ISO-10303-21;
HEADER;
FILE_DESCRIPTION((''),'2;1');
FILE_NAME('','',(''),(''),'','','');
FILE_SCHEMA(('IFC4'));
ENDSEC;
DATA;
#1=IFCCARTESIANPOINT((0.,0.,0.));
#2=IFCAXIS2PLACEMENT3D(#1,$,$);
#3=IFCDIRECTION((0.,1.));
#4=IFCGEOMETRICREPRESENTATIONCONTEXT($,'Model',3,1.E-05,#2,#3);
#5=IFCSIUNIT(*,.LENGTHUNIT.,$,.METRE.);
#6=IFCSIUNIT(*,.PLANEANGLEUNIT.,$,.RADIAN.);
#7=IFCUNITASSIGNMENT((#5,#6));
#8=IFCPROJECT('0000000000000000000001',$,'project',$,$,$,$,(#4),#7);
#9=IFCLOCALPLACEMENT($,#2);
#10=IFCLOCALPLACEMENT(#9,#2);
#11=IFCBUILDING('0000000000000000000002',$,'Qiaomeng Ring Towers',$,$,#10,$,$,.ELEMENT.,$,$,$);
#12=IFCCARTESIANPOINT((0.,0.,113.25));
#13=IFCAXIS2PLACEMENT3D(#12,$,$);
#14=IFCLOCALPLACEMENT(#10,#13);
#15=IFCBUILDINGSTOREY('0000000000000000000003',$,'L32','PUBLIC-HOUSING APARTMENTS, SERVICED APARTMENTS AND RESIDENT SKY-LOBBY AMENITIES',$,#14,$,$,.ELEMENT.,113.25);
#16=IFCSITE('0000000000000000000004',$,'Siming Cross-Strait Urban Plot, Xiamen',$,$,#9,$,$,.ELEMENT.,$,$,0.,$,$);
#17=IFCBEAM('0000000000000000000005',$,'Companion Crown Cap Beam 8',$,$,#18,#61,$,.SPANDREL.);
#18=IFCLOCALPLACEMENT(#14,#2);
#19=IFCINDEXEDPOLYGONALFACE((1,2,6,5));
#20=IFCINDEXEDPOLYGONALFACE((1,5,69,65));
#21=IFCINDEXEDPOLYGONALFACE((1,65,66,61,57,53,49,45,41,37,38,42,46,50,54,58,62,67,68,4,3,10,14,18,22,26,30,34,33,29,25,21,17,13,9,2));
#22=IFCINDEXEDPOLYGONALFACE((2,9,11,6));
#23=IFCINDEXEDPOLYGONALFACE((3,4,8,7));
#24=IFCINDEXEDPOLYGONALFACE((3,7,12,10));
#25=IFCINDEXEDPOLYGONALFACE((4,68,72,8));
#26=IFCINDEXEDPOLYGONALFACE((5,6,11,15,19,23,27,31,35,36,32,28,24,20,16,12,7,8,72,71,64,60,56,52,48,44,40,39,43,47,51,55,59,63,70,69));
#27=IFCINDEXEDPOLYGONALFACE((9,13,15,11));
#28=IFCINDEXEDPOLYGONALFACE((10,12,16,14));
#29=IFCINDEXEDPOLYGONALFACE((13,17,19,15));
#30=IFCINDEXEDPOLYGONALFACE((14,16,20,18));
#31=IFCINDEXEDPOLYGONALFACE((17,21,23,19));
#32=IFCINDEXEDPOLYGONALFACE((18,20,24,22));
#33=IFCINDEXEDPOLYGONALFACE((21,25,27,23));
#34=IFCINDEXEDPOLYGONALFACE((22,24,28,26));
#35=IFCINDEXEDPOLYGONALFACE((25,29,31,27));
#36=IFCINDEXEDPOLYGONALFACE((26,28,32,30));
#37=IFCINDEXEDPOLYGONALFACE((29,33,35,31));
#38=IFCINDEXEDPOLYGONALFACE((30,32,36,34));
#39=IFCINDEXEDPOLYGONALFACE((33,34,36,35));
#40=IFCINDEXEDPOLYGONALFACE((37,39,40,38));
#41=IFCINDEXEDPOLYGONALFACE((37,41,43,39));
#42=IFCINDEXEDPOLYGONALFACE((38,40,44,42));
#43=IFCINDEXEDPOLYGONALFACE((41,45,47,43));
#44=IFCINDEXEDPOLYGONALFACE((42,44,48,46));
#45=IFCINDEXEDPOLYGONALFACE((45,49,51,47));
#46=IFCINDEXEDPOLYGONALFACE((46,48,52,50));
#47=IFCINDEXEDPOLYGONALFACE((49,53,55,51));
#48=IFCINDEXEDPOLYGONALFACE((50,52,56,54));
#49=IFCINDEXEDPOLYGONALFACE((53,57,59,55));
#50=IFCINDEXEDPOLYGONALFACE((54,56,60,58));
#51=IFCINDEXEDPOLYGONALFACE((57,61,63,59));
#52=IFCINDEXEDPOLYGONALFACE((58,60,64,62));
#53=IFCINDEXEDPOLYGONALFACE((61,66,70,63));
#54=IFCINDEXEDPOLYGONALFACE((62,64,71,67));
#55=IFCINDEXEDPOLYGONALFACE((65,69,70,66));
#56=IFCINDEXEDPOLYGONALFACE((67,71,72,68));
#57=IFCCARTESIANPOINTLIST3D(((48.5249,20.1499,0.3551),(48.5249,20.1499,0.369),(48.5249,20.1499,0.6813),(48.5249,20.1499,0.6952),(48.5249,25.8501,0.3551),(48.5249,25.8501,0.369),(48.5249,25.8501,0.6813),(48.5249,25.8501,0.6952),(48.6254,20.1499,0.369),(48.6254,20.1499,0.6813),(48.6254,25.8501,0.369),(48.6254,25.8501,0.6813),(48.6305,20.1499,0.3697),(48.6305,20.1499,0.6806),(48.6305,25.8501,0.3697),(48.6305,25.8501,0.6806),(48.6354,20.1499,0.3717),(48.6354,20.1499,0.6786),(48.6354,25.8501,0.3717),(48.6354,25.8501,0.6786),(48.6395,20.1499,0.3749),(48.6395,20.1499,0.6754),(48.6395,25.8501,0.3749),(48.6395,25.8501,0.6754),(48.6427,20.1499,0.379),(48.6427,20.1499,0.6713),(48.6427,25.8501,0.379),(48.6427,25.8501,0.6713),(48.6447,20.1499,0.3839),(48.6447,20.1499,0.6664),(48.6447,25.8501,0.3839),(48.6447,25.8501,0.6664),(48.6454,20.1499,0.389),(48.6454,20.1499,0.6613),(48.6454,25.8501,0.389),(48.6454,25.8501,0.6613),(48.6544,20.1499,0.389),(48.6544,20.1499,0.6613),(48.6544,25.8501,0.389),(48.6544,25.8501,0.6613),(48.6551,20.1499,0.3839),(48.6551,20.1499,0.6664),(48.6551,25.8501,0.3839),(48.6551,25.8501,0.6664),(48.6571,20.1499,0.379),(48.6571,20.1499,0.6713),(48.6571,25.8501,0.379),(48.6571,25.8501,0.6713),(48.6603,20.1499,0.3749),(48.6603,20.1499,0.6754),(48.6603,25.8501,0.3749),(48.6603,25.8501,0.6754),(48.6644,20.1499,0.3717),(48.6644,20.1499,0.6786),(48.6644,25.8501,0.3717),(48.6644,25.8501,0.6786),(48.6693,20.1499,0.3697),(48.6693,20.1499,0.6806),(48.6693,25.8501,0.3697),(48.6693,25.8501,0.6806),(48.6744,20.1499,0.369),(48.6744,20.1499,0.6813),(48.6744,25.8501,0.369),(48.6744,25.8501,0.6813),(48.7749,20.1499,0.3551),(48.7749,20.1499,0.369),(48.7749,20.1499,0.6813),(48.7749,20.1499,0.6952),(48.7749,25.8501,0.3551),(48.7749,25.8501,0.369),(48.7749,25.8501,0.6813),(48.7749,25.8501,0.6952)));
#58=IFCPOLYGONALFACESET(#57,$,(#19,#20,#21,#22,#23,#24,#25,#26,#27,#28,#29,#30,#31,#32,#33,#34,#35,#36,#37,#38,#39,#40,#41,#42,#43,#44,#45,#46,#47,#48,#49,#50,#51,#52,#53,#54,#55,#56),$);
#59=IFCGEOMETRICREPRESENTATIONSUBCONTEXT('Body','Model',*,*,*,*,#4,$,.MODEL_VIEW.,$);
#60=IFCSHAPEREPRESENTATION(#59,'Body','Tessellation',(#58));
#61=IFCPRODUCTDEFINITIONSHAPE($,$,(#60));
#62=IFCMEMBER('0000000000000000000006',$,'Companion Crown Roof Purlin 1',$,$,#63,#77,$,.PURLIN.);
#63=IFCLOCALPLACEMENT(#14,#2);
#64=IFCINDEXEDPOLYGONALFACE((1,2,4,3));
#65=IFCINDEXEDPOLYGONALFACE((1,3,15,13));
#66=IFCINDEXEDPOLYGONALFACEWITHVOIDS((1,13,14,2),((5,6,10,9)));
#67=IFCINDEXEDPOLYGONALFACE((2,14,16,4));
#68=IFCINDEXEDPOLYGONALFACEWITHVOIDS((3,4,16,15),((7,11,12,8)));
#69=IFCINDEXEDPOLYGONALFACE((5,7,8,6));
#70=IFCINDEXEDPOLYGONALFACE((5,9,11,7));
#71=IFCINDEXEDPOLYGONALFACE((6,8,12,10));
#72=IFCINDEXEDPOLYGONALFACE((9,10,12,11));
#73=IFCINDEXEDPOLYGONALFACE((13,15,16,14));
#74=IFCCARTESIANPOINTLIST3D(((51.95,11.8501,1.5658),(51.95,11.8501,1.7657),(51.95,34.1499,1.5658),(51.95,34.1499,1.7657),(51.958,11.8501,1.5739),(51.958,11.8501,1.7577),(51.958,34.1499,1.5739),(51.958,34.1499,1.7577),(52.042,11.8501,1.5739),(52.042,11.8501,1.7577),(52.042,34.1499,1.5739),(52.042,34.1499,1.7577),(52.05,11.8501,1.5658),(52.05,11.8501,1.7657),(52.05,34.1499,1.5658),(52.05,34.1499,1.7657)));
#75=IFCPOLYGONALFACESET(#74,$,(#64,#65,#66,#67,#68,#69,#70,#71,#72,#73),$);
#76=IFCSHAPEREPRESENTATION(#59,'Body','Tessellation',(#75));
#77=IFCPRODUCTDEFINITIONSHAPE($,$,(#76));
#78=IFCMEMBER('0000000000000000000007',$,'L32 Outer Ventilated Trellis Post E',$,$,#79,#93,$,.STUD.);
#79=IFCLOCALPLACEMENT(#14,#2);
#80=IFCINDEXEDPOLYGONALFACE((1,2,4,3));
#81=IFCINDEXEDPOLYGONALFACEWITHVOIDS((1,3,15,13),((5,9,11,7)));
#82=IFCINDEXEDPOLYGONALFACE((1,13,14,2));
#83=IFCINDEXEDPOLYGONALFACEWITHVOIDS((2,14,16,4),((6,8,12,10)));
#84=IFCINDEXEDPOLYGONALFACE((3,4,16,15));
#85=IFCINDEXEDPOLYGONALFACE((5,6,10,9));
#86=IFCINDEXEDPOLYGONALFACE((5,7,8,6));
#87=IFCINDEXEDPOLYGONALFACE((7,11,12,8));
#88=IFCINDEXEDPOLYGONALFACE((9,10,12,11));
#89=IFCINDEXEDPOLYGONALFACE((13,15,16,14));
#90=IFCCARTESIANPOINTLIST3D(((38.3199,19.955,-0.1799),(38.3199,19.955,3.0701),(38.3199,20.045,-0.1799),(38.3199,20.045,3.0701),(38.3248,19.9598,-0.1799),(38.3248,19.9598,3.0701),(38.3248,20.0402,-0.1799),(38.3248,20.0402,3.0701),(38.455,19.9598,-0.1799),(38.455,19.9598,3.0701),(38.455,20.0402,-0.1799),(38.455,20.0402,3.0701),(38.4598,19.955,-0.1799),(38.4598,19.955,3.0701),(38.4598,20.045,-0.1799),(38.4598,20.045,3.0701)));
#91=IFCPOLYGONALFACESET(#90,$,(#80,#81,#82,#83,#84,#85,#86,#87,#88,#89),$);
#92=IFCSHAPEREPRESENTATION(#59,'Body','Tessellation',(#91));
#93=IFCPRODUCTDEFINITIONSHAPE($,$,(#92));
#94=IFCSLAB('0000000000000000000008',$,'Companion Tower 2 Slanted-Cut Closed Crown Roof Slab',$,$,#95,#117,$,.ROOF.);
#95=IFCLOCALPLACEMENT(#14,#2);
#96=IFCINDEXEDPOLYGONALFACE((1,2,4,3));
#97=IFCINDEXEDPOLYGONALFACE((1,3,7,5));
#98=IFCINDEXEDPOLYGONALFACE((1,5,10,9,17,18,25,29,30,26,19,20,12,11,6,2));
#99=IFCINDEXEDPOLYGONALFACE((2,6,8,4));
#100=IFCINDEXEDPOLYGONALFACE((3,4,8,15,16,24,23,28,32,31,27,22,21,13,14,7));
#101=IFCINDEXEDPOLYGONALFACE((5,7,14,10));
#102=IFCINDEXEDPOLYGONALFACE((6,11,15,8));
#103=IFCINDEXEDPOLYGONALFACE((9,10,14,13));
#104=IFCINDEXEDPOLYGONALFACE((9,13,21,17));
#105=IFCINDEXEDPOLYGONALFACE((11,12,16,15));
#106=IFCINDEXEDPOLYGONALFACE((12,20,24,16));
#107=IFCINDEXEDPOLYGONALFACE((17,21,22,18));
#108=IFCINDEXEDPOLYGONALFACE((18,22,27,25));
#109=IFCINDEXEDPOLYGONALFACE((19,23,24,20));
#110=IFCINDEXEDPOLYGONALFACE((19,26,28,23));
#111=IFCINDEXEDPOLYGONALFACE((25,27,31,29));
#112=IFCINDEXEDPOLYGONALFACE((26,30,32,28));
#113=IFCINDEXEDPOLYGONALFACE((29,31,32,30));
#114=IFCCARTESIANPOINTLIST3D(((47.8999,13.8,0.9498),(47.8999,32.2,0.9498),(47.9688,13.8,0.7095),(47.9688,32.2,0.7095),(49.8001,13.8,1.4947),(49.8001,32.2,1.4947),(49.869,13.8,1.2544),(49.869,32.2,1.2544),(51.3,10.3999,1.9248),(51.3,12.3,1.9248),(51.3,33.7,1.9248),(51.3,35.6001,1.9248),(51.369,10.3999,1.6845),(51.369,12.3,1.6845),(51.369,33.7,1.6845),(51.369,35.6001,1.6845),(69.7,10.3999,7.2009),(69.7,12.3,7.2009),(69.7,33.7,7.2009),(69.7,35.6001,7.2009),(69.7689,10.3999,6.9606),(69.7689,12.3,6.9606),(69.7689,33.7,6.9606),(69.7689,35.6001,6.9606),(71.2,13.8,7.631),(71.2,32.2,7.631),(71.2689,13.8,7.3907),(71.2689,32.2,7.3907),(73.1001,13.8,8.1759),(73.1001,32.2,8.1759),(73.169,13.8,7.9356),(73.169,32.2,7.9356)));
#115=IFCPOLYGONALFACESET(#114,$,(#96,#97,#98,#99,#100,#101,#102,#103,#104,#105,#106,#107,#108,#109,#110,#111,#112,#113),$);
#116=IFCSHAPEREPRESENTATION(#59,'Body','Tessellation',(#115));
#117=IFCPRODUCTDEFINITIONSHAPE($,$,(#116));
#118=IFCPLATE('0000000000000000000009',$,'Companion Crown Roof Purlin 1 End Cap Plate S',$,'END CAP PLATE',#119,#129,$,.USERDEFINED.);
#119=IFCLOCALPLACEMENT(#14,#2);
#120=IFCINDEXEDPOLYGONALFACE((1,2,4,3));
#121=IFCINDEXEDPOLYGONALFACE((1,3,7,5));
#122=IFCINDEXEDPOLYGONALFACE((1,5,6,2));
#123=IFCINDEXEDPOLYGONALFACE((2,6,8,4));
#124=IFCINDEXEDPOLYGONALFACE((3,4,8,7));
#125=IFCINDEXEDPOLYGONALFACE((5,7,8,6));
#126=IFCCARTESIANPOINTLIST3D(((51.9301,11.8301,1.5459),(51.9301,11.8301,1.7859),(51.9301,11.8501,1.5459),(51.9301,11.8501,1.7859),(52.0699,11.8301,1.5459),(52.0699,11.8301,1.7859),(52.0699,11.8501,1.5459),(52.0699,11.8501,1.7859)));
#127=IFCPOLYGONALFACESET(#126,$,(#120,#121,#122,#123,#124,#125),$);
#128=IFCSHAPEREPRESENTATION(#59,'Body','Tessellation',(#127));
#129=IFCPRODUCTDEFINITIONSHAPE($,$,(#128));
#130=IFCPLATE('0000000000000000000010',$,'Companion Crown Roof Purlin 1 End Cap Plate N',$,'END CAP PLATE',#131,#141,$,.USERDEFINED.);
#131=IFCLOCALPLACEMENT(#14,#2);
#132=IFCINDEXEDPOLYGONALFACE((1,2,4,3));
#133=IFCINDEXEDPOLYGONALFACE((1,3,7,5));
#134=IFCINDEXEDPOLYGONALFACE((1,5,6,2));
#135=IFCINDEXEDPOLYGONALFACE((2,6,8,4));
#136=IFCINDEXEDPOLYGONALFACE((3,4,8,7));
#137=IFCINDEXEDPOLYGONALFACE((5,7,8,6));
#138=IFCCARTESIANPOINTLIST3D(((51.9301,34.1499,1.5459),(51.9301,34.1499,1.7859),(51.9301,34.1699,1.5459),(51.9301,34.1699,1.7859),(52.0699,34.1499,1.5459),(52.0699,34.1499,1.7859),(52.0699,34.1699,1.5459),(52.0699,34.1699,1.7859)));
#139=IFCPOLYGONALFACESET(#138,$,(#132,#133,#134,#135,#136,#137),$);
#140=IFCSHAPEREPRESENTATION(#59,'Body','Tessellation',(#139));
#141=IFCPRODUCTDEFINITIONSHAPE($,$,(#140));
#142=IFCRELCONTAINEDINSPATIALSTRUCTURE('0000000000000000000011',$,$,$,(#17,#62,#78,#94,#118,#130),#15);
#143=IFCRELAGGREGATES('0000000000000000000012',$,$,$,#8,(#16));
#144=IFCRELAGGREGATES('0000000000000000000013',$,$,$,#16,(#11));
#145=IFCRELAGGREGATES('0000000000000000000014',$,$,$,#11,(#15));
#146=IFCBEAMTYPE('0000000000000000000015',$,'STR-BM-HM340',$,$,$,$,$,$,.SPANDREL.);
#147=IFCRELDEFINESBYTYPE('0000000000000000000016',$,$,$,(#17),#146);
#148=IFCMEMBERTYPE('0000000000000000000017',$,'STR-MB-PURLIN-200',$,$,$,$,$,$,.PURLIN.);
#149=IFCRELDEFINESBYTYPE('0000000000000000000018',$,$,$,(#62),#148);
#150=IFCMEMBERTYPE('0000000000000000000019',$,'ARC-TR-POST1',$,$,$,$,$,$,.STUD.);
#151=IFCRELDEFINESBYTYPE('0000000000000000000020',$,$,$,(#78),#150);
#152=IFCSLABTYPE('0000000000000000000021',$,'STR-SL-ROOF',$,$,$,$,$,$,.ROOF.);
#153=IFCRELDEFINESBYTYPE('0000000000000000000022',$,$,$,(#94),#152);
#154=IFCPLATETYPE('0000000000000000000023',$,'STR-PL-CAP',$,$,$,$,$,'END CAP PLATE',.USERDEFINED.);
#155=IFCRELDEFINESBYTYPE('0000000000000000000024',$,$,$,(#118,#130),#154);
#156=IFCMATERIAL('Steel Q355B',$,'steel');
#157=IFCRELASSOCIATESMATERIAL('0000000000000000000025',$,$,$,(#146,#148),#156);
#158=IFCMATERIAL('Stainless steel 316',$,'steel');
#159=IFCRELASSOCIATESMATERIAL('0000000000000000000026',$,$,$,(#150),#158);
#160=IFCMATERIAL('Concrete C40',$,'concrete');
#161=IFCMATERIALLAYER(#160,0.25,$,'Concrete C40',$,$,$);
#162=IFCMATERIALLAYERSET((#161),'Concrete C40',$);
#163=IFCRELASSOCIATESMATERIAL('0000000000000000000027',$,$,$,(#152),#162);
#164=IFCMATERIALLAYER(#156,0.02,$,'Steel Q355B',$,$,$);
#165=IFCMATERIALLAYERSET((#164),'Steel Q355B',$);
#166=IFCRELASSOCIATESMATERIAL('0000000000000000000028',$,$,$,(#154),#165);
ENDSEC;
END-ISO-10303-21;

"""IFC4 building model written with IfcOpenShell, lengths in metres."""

from ifc_helpers import new_model, si_unit, direction, frame, origin, origin_2d, place, context, subcontext, project, spatial, polyline, rectangle, hollow_rectangle, i_section, outline, extrude, source, transform, mapped, material, layer, layer_set, material_profile, profile_set, type_object, element, save


model = new_model("IFC4")

# Units and contexts
model_context = context("Model", 3, precision=1e-05, world=origin(), true_north=direction((0.0, 1.0)))
body_context = subcontext(model_context, "Body", "Model", "MODEL_VIEW")
ifc_project = project(units=[si_unit("LENGTHUNIT", "METRE"), si_unit("PLANEANGLEUNIT", "RADIAN")], contexts=[model_context])

# Site, building, storey
site_placement = place(None, origin())
site = spatial("IfcSite", under=ifc_project, at=site_placement, Name="Siming Cross-Strait Urban Plot, Xiamen", CompositionType="ELEMENT", RefElevation=0.0)
building_placement = place(site_placement, origin())
building = spatial("IfcBuilding", under=site, at=building_placement, Name="Qiaomeng Ring Towers", CompositionType="ELEMENT")
storey_placement = place(building_placement, frame((0.0, 0.0, 113.25)))
storey = spatial("IfcBuildingStorey", under=building, at=storey_placement, Name="L32", Description="PUBLIC-HOUSING APARTMENTS, SERVICED APARTMENTS AND RESIDENT SKY-LOBBY AMENITIES", CompositionType="ELEMENT", Elevation=113.25)

# Shared definitions
ifc_material_1 = material(Name="Steel Q355B", Category="steel")

# Beam
ifc_material_profile_1 = material_profile(ifc_material_1, i_section(OverallWidth=0.25, OverallDepth=0.3401, WebThickness=0.009, FlangeThickness=0.0139, FilletRadius=0.02, at=origin_2d()), Name="HM 340x250x9x14")
ifc_profile_set_1 = profile_set([ifc_material_profile_1], Name="Steel Q355B")
beam_type_1 = type_object("IfcBeamType", Name="STR-BM-HM340", PredefinedType="SPANDREL", material=ifc_profile_set_1)
shared_shape_1 = source(origin(), body_context, "Body", "SweptSolid", [
    extrude(i_section(OverallWidth=0.25, OverallDepth=0.3401, WebThickness=0.009, FlangeThickness=0.0139, FilletRadius=0.02, at=origin_2d()), origin(), (0.0, 0.0, 1.0), 5.7002),
])
beam_placement = place(storey_placement, frame((48.6499, 25.8501, 0.5251), z_axis=(0.0, -1.0, 0.0), x_axis=(1.0, 0.0, 0.0)))
element("IfcBeam", 1, at=beam_placement, inside=storey, type_object=beam_type_1, Name="Companion Crown Cap Beam 8", PredefinedType="SPANDREL", context=body_context, shape_type="MappedRepresentation", body=[
    mapped(shared_shape_1, transform((0.0, 0.0, 0.0), x_axis=(1.0, 0.0, 0.0), y_axis=(0.0, 1.0, 0.0), z_axis=(0.0, 0.0, 1.0), scale=1.0)),
])

# Members
ifc_material_profile_2 = material_profile(ifc_material_1, hollow_rectangle(XDim=0.1001, YDim=0.2, WallThickness=0.0081, at=origin_2d()), Name="RHS 200x100x8")
ifc_profile_set_2 = profile_set([ifc_material_profile_2], Name="Steel Q355B")
member_type_1 = type_object("IfcMemberType", Name="STR-MB-PURLIN-200", PredefinedType="PURLIN", material=ifc_profile_set_2)
shared_shape_2 = source(origin(), body_context, "Body", "SweptSolid", [
    extrude(hollow_rectangle(XDim=0.1001, YDim=0.2, WallThickness=0.0081, at=origin_2d()), origin(), (0.0, 0.0, 1.0), 22.2998),
])
member_1_placement = place(storey_placement, frame((52.0, 11.8501, 1.6658), z_axis=(0.0, 1.0, 0.0), x_axis=(-1.0, 0.0, 0.0)))
element("IfcMember", 2, at=member_1_placement, inside=storey, type_object=member_type_1, Name="Companion Crown Roof Purlin 1", PredefinedType="PURLIN", context=body_context, shape_type="MappedRepresentation", body=[
    mapped(shared_shape_2, transform((0.0, 0.0, 0.0), x_axis=(1.0, 0.0, 0.0), y_axis=(0.0, 1.0, 0.0), z_axis=(0.0, 0.0, 1.0), scale=1.0)),
])
ifc_material_2 = material(Name="Stainless steel 316", Category="steel")
ifc_material_profile_3 = material_profile(ifc_material_2, hollow_rectangle(XDim=0.0901, YDim=0.1399, WallThickness=0.0049, at=origin_2d()), Name="SS TRELLIS 90x140")
ifc_profile_set_3 = profile_set([ifc_material_profile_3], Name="Stainless steel 316")
member_type_2 = type_object("IfcMemberType", Name="ARC-TR-POST1", PredefinedType="STUD", material=ifc_profile_set_3)
shared_shape_3 = source(origin(), body_context, "Body", "SweptSolid", [
    extrude(hollow_rectangle(XDim=0.0901, YDim=0.1399, WallThickness=0.0049, at=origin_2d()), origin(), (0.0, 0.0, 1.0), 3.25),
])
member_2_placement = place(storey_placement, frame((38.3899, 20.0, -0.1799), z_axis=(0.0, 0.0, 1.0), x_axis=(0.0, 1.0, 0.0)))
element("IfcMember", 3, at=member_2_placement, inside=storey, type_object=member_type_2, Name="L32 Outer Ventilated Trellis Post E", PredefinedType="STUD", context=body_context, shape_type="MappedRepresentation", body=[
    mapped(shared_shape_3, transform((0.0, 0.0, 0.0), x_axis=(1.0, 0.0, 0.0), y_axis=(0.0, 1.0, 0.0), z_axis=(0.0, 0.0, 1.0), scale=1.0)),
])

# Slab
ifc_material_3 = material(Name="Concrete C40", Category="concrete")
ifc_layer_1 = layer(ifc_material_3, 0.25, Name="Concrete C40")
ifc_layer_set_1 = layer_set([ifc_layer_1], Name="Concrete C40")
slab_type = type_object("IfcSlabType", Name="STR-SL-ROOF", PredefinedType="ROOF", material=ifc_layer_set_1)
slab_placement = place(storey_placement, frame((51.3, 10.3999, 1.9248), z_axis=(-0.275638, 0.0, 0.961261), x_axis=(0.961261, 0.0, 0.275638)))
element("IfcSlab", 4, at=slab_placement, inside=storey, type_object=slab_type, Name="Companion Tower 2 Slanted-Cut Closed Crown Roof Slab", PredefinedType="ROOF", context=body_context, shape_type="SweptSolid", body=[
    extrude(outline(polyline([(0.0, 0.0), (19.1414, 0.0), (19.1414, 1.9001), (20.7019, 3.4001), (22.6786, 3.4001), (22.6786, 21.8), (20.7019, 21.8), (19.1414, 23.3), (19.1414, 25.2002), (0.0, 25.2002), (0.0, 23.3), (-1.5604, 21.8), (-3.5371, 21.8), (-3.5371, 3.4001), (-1.5604, 3.4001), (0.0, 1.9001), (0.0, 0.0)])), origin(), (0.0, 0.0, -1.0), 0.25),
])

# Plates
ifc_layer_2 = layer(ifc_material_1, 0.02, Name="Steel Q355B")
ifc_layer_set_2 = layer_set([ifc_layer_2], Name="Steel Q355B")
plate_type = type_object("IfcPlateType", Name="STR-PL-CAP", ElementType="END CAP PLATE", PredefinedType="USERDEFINED", material=ifc_layer_set_2)
shared_shape_4 = source(origin(), body_context, "Body", "SweptSolid", [
    extrude(rectangle(XDim=0.1399, YDim=0.02, at=origin_2d()), origin(), (0.0, 0.0, 1.0), 0.24),
])
for number, where, z_axis, x_axis, name in (
    (5, (52.0, 11.8401, 1.5459), (0.0, 0.0, 1.0), (1.0, 0.0, 0.0), "Companion Crown Roof Purlin 1 End Cap Plate S"),
    (6, (52.0, 34.1599, 1.5459), (0.0, 0.0, 1.0), (1.0, 0.0, 0.0), "Companion Crown Roof Purlin 1 End Cap Plate N"),
):
    element("IfcPlate", number, at=place(storey_placement, frame(where, z_axis=z_axis, x_axis=x_axis)), inside=storey, type_object=plate_type, Name=name, ObjectType="END CAP PLATE", PredefinedType="USERDEFINED", context=body_context, shape_type="MappedRepresentation", body=[
        mapped(shared_shape_4, transform((0.0, 0.0, 0.0), x_axis=(1.0, 0.0, 0.0), y_axis=(0.0, 1.0, 0.0), z_axis=(0.0, 0.0, 1.0), scale=1.0)),
    ])

save(model, "model.ifc")
